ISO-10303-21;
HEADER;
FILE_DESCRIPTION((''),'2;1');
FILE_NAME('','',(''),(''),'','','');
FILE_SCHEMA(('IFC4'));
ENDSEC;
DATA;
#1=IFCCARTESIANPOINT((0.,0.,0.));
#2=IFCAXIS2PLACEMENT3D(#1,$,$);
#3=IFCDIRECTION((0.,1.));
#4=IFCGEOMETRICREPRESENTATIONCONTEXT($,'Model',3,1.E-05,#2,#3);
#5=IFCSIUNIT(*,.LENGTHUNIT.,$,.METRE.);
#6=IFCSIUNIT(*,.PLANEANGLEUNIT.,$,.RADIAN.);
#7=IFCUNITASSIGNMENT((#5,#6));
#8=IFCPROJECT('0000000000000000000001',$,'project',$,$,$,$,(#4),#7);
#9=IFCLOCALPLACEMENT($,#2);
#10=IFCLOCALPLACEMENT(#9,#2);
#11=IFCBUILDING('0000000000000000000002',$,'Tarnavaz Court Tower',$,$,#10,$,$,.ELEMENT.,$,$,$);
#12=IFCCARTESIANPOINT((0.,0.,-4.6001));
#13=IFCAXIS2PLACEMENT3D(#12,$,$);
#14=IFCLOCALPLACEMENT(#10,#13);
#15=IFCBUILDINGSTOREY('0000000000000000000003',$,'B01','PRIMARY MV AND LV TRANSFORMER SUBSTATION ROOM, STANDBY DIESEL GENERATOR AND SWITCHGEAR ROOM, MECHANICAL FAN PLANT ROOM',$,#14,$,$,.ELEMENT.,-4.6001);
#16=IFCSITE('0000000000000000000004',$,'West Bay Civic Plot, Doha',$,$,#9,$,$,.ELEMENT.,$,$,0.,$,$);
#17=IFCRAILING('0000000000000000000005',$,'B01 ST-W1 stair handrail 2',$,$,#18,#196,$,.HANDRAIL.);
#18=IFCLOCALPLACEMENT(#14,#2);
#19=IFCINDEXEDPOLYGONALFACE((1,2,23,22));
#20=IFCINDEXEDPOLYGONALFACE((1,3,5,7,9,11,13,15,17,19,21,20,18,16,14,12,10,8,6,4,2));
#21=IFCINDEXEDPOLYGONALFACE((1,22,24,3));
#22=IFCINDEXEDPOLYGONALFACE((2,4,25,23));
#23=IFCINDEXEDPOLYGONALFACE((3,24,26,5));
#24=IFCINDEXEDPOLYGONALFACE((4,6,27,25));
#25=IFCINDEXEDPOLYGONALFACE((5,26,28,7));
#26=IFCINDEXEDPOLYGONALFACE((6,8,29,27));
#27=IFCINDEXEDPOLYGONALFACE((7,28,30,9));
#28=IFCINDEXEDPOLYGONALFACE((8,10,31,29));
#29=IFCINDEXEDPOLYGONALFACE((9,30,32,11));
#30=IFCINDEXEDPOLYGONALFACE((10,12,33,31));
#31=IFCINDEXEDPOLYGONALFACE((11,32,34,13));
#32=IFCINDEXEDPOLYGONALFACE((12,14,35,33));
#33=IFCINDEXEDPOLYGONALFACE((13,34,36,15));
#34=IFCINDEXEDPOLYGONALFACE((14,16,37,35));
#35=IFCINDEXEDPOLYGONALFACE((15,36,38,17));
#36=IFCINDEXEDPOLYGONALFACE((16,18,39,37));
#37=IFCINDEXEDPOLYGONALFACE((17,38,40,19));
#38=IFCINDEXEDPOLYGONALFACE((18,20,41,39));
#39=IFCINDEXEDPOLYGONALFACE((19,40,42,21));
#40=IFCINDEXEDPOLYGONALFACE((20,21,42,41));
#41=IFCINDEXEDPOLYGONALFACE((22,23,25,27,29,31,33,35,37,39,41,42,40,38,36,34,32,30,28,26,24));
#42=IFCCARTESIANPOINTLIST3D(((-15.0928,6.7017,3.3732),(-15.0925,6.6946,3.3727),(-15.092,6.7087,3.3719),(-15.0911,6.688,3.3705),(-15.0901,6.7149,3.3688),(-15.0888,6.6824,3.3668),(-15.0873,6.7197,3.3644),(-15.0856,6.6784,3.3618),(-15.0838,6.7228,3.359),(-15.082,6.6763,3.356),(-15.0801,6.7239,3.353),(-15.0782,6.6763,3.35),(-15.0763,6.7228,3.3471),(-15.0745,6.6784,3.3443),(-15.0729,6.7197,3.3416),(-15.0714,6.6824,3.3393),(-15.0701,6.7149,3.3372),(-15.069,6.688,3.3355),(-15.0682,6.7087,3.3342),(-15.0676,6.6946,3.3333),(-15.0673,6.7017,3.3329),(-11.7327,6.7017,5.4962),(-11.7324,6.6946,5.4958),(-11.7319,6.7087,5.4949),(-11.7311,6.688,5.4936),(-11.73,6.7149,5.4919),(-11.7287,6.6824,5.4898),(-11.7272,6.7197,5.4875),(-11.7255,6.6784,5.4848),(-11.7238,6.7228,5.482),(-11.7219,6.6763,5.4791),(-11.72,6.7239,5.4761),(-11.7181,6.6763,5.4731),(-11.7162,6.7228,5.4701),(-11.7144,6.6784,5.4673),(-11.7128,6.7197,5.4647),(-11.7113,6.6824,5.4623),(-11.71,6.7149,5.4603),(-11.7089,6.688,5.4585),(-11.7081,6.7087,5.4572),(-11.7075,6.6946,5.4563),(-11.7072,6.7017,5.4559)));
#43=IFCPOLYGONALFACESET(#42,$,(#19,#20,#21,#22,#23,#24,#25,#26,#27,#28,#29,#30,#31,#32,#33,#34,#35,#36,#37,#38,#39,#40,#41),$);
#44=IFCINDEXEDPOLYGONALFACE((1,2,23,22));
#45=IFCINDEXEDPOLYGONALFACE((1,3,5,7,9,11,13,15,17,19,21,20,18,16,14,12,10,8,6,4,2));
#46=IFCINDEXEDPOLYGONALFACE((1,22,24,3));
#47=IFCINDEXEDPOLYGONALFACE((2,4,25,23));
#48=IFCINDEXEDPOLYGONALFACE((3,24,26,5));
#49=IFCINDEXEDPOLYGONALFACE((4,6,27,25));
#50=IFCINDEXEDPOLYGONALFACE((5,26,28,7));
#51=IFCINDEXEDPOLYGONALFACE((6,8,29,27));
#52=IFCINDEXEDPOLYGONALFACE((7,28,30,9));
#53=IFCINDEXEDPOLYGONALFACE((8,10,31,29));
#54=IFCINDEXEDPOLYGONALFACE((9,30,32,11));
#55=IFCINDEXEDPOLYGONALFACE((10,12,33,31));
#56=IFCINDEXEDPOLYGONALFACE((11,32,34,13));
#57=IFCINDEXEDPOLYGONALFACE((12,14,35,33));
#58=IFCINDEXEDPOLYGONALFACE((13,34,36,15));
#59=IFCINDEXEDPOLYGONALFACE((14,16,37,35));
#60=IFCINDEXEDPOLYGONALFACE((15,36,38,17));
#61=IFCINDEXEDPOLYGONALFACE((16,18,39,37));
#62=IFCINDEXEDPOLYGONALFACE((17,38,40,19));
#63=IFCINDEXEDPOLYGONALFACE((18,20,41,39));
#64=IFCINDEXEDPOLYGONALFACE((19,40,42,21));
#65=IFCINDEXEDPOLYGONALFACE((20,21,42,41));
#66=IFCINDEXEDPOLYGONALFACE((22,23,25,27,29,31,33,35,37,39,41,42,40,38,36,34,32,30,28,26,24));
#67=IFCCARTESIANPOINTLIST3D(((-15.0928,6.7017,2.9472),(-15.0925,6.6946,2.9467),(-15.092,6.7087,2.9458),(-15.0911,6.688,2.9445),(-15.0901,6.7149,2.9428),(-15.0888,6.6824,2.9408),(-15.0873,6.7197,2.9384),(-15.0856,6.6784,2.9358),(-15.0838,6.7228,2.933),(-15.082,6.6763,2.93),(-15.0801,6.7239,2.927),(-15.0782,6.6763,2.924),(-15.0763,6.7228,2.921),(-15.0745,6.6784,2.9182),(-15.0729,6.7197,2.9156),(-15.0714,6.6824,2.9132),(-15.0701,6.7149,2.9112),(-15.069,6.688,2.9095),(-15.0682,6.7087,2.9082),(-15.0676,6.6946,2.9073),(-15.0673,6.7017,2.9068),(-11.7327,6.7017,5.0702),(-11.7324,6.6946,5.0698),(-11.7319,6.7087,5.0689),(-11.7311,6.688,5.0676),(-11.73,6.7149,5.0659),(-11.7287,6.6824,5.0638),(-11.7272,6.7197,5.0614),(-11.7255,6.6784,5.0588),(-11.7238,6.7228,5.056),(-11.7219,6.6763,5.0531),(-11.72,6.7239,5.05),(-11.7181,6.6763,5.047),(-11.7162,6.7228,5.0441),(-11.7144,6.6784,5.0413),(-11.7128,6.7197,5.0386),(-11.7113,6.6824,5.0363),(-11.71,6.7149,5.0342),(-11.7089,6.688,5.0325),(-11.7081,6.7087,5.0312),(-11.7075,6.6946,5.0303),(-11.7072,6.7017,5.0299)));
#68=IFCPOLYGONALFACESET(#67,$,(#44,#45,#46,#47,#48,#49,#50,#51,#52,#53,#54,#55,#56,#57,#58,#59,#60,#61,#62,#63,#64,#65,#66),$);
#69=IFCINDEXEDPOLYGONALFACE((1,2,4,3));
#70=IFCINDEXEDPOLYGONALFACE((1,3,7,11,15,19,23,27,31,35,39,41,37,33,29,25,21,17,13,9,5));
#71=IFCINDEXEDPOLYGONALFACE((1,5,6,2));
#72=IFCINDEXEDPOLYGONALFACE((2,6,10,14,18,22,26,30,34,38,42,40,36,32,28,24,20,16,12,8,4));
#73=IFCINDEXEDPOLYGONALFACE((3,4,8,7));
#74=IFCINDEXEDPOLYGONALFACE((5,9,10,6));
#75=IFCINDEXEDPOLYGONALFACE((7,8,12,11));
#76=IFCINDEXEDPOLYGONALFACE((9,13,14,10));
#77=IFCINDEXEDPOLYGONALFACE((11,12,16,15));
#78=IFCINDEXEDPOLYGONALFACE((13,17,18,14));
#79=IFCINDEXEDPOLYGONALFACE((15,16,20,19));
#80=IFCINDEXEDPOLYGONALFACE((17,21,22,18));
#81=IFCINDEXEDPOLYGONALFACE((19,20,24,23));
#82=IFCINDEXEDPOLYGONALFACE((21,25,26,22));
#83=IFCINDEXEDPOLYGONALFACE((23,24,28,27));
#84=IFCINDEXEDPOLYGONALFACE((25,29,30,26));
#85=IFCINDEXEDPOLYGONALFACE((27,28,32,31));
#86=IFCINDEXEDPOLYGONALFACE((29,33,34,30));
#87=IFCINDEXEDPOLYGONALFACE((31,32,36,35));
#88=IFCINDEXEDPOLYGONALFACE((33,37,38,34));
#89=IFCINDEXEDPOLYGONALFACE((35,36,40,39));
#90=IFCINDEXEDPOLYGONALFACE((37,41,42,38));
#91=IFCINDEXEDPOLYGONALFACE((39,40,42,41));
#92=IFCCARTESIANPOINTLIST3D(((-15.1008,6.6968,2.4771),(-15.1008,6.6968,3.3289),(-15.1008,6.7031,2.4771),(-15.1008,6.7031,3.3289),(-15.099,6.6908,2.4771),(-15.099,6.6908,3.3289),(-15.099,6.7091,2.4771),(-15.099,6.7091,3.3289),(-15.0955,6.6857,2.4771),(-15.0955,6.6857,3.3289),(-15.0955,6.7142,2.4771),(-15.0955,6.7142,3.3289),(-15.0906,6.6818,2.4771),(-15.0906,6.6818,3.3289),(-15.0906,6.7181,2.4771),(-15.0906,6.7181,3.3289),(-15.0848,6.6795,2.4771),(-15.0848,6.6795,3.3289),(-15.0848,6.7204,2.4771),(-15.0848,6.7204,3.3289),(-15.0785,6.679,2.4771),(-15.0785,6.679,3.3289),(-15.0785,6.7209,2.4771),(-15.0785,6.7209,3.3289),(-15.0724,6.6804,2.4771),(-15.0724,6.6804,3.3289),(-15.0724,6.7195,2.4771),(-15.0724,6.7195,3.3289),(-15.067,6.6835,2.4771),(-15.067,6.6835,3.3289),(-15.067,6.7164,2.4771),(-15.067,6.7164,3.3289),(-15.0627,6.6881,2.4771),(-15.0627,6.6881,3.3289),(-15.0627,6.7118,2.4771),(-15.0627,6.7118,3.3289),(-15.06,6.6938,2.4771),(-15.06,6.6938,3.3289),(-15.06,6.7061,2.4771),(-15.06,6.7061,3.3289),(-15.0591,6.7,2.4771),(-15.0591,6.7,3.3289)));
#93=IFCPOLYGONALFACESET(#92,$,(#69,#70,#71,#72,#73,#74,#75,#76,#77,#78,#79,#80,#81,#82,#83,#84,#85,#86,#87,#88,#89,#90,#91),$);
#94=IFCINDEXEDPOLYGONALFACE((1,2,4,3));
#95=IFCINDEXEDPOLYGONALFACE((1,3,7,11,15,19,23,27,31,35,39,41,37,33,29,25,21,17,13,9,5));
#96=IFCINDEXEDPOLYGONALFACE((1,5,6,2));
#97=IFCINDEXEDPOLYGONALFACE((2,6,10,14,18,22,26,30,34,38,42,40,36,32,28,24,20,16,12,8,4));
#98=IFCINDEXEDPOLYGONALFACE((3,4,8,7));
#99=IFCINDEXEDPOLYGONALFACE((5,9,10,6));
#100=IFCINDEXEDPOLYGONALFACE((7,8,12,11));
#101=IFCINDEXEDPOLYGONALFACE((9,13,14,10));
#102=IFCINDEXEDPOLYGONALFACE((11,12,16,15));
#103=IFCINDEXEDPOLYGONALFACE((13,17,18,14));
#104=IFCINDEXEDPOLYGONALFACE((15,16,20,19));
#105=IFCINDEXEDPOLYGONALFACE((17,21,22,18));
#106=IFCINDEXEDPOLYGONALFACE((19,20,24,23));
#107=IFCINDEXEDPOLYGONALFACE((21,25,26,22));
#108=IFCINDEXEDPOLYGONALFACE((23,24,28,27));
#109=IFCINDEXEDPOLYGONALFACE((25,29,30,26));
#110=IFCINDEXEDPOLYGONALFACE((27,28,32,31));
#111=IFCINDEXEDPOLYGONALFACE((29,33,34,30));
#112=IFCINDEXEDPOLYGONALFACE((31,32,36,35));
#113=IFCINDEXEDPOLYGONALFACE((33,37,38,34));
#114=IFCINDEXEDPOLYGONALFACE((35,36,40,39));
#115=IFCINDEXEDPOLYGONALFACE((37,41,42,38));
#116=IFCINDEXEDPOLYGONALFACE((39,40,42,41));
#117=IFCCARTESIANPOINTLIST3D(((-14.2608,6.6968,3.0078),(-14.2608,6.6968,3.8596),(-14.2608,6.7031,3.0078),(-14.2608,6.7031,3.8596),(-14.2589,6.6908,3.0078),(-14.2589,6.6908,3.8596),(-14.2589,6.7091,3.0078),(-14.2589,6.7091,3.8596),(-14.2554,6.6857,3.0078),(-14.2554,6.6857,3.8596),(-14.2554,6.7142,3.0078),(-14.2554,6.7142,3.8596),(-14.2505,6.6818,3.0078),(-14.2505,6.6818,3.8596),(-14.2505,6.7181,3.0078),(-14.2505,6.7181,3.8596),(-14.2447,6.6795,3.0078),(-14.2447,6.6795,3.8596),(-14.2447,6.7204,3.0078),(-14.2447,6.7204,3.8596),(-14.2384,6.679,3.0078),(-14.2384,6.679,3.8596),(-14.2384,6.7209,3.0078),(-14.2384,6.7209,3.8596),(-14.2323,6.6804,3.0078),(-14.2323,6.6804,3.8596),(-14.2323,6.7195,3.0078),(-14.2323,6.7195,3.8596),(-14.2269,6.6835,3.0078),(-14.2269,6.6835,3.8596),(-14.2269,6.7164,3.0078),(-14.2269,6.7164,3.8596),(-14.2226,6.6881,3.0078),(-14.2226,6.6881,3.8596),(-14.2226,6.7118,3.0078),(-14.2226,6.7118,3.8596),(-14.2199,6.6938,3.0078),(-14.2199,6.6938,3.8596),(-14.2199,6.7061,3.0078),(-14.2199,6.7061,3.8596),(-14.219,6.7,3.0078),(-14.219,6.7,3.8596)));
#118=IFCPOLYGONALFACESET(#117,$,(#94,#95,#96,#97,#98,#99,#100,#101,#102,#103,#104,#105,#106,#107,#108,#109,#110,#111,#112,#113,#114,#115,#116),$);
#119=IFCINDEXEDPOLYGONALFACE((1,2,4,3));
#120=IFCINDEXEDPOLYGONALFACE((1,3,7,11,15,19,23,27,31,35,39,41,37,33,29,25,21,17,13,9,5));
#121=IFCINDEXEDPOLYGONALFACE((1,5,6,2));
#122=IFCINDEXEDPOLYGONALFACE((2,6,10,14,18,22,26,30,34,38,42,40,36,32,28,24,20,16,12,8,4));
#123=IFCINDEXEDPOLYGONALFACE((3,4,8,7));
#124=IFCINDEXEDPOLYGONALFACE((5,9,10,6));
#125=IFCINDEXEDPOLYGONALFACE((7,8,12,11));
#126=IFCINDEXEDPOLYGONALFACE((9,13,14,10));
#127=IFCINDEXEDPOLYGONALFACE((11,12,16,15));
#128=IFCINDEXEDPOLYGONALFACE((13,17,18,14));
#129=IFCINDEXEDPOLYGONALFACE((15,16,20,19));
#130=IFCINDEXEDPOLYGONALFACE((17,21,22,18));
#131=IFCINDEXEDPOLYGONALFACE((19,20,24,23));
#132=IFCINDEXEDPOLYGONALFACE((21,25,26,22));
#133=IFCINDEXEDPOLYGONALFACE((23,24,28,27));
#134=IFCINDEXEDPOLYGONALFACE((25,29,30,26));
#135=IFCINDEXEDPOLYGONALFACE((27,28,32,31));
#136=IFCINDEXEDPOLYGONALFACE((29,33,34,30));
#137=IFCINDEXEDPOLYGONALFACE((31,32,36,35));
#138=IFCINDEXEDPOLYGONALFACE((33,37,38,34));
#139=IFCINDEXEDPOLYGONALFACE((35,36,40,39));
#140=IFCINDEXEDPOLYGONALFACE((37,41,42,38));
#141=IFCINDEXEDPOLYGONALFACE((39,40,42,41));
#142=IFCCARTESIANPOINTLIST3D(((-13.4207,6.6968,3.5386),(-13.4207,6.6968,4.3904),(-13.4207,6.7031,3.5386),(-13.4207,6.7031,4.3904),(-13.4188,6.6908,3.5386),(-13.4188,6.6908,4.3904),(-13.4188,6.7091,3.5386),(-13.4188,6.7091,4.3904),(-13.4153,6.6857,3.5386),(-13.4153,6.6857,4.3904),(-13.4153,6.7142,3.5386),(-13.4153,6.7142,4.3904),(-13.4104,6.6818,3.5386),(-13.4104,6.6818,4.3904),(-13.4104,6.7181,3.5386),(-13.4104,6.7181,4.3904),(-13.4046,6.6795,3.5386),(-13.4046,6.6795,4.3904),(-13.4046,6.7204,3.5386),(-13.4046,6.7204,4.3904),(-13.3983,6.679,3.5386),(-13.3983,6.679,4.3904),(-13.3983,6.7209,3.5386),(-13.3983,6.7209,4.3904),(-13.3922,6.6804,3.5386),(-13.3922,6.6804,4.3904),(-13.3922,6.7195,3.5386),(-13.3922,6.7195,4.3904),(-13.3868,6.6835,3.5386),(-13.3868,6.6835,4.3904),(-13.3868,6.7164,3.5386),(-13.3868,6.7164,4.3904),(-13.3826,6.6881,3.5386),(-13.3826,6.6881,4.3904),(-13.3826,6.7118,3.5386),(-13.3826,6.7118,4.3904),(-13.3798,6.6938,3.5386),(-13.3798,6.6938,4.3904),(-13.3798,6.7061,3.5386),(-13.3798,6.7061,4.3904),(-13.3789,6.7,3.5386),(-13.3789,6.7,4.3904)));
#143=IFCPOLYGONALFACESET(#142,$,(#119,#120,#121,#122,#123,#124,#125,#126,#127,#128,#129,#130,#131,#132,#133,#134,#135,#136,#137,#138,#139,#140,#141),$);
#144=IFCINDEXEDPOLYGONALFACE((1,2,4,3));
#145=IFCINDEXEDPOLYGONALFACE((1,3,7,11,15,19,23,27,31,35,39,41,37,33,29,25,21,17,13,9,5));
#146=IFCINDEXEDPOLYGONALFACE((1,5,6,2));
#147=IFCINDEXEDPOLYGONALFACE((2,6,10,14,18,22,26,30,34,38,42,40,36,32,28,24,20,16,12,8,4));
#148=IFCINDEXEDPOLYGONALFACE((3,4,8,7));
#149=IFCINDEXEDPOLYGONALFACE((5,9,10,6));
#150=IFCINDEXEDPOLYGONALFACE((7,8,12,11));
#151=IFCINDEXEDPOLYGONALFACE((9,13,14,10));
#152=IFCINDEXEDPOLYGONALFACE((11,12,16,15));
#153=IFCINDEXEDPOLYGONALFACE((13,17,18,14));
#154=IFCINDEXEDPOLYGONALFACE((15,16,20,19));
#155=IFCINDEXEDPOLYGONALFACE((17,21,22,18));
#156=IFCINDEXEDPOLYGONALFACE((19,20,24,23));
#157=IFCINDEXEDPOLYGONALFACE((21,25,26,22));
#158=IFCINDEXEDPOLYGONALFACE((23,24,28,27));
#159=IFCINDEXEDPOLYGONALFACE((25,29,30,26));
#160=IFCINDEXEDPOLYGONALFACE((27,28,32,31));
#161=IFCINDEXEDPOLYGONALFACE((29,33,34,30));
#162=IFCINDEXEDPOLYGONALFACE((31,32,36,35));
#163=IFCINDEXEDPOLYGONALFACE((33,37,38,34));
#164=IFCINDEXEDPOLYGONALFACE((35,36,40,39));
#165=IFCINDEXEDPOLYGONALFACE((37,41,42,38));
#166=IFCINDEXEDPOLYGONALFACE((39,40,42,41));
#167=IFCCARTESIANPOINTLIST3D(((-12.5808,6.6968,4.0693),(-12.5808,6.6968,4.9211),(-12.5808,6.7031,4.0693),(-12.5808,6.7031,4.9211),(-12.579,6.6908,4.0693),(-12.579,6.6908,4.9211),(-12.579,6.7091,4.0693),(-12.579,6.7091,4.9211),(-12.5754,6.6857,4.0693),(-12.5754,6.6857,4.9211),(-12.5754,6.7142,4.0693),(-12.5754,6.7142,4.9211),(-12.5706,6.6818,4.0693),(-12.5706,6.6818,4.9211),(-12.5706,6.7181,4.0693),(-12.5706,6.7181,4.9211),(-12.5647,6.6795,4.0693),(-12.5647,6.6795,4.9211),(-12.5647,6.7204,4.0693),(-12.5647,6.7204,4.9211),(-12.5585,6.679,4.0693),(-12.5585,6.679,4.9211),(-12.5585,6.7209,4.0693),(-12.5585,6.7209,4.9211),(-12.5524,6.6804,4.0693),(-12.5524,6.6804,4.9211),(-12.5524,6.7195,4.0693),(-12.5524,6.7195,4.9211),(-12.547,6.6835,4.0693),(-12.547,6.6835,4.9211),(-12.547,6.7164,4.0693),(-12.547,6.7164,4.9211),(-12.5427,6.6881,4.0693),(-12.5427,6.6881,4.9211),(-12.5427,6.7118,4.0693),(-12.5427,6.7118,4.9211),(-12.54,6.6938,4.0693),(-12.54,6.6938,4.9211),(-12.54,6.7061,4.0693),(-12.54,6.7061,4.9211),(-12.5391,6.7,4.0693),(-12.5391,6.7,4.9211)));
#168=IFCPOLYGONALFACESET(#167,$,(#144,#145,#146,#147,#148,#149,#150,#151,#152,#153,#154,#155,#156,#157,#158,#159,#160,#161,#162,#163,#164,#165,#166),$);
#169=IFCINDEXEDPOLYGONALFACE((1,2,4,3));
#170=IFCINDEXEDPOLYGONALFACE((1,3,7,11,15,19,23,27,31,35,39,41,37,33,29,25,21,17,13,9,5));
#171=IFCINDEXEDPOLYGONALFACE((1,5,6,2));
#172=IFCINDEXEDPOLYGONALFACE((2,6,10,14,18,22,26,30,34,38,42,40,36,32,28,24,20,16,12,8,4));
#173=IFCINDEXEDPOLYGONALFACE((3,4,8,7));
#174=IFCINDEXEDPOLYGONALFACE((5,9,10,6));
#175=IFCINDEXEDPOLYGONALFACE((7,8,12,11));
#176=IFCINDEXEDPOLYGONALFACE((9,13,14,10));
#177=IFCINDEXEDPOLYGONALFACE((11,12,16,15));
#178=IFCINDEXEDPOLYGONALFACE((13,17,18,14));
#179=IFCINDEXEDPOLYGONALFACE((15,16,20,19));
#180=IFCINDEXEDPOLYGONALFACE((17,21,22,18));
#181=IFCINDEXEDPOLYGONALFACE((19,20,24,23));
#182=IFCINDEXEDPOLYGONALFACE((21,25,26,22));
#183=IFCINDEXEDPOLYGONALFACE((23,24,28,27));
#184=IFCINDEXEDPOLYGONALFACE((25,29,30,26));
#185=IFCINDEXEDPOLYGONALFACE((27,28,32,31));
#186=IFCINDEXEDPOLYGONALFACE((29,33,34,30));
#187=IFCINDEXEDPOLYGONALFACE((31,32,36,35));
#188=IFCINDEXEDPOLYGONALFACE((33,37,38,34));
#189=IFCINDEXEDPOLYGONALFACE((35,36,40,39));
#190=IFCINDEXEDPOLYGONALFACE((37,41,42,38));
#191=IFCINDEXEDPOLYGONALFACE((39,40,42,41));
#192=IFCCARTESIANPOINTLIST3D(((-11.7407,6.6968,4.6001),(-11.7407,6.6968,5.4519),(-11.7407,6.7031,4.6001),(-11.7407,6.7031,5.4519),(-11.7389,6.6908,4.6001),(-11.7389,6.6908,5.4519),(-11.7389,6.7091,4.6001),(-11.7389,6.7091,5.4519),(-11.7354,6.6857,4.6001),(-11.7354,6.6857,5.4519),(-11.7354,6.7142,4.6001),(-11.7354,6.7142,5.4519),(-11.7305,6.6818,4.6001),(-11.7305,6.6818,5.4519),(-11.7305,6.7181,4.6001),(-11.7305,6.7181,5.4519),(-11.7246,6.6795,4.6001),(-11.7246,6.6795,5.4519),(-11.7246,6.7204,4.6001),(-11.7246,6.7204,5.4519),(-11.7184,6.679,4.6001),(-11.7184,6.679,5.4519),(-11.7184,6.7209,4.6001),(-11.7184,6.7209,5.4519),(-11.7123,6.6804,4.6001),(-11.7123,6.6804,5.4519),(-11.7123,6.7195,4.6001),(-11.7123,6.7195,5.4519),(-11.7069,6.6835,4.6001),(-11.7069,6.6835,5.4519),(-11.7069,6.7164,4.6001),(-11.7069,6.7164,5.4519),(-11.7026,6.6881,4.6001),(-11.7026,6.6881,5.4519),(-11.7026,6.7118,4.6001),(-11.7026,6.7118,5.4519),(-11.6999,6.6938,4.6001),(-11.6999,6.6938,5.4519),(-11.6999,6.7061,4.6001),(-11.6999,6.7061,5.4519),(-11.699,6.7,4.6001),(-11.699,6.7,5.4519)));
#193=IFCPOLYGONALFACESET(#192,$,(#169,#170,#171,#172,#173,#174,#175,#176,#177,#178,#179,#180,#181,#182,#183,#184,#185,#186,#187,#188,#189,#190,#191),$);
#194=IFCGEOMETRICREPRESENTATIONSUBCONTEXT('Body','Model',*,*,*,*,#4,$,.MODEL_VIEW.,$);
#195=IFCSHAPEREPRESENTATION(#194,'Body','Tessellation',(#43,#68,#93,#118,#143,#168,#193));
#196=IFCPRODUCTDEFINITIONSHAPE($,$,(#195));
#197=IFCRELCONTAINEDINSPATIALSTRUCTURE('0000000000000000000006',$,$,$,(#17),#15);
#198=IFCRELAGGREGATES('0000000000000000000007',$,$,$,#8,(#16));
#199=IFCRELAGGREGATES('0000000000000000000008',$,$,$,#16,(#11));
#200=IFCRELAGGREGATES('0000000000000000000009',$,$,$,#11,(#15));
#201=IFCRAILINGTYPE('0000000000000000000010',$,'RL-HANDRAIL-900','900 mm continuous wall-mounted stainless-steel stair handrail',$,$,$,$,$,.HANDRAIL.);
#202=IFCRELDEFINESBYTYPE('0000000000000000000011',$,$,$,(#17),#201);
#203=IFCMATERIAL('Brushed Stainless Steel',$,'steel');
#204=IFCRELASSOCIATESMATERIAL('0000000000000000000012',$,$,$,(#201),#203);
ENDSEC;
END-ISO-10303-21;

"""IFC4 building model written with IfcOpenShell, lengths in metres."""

from ifc_helpers import new_model, si_unit, direction, frame, origin, origin_2d, place, context, subcontext, project, spatial, circle, extrude, material, type_object, element, save


model = new_model("IFC4")

# Units and contexts
model_context = context("Model", 3, precision=1e-05, world=origin(), true_north=direction((0.0, 1.0)))
body_context = subcontext(model_context, "Body", "Model", "MODEL_VIEW")
ifc_project = project(units=[si_unit("LENGTHUNIT", "METRE"), si_unit("PLANEANGLEUNIT", "RADIAN")], contexts=[model_context])

# Site, building, storey
site_placement = place(None, origin())
site = spatial("IfcSite", under=ifc_project, at=site_placement, Name="West Bay Civic Plot, Doha", CompositionType="ELEMENT", RefElevation=0.0)
building_placement = place(site_placement, origin())
building = spatial("IfcBuilding", under=site, at=building_placement, Name="Tarnavaz Court Tower", CompositionType="ELEMENT")
storey_placement = place(building_placement, frame((0.0, 0.0, -4.6001)))
storey = spatial("IfcBuildingStorey", under=building, at=storey_placement, Name="B01", Description="PRIMARY MV AND LV TRANSFORMER SUBSTATION ROOM, STANDBY DIESEL GENERATOR AND SWITCHGEAR ROOM, MECHANICAL FAN PLANT ROOM", CompositionType="ELEMENT", Elevation=-4.6001)

# Railing
ifc_material_1 = material(Name="Brushed Stainless Steel", Category="steel")
railing_type_1 = type_object("IfcRailingType", Name="RL-HANDRAIL-900", Description="900 mm continuous wall-mounted stainless-steel stair handrail", PredefinedType="HANDRAIL", material=ifc_material_1)
railing_1_placement = place(storey_placement, frame((-15.0801, 6.7, 2.4771)))
element("IfcRailing", 1, at=railing_1_placement, inside=storey, type_object=railing_type_1, Name="B01 ST-W1 stair handrail 2", PredefinedType="HANDRAIL", context=body_context, shape_type="SweptSolid", body=[
    extrude(circle(Radius=0.0239, at=origin_2d()), frame((0.0, 0.0, 0.876), z_axis=(0.84539, 0.0, 0.53415), x_axis=(0.0, 1.0, 0.0)), (0.0, 0.0, 1.0), 3.9746),
    extrude(circle(Radius=0.0239, at=origin_2d()), frame((0.0, 0.0, 0.45), z_axis=(0.84539, 0.0, 0.53415), x_axis=(0.0, 1.0, 0.0)), (0.0, 0.0, 1.0), 3.9746),
    extrude(circle(Radius=0.021, at=origin_2d()), origin(), (0.0, 0.0, 1.0), 0.8518),
    extrude(circle(Radius=0.021, at=origin_2d()), frame((0.8401, 0.0, 0.5308)), (0.0, 0.0, 1.0), 0.8518),
    extrude(circle(Radius=0.021, at=origin_2d()), frame((1.6802, 0.0, 1.0615)), (0.0, 0.0, 1.0), 0.8518),
    extrude(circle(Radius=0.021, at=origin_2d()), frame((2.52, 0.0, 1.5923)), (0.0, 0.0, 1.0), 0.8518),
    extrude(circle(Radius=0.021, at=origin_2d()), frame((3.3601, 0.0, 2.123)), (0.0, 0.0, 1.0), 0.8518),
])

save(model, "model.ifc")
